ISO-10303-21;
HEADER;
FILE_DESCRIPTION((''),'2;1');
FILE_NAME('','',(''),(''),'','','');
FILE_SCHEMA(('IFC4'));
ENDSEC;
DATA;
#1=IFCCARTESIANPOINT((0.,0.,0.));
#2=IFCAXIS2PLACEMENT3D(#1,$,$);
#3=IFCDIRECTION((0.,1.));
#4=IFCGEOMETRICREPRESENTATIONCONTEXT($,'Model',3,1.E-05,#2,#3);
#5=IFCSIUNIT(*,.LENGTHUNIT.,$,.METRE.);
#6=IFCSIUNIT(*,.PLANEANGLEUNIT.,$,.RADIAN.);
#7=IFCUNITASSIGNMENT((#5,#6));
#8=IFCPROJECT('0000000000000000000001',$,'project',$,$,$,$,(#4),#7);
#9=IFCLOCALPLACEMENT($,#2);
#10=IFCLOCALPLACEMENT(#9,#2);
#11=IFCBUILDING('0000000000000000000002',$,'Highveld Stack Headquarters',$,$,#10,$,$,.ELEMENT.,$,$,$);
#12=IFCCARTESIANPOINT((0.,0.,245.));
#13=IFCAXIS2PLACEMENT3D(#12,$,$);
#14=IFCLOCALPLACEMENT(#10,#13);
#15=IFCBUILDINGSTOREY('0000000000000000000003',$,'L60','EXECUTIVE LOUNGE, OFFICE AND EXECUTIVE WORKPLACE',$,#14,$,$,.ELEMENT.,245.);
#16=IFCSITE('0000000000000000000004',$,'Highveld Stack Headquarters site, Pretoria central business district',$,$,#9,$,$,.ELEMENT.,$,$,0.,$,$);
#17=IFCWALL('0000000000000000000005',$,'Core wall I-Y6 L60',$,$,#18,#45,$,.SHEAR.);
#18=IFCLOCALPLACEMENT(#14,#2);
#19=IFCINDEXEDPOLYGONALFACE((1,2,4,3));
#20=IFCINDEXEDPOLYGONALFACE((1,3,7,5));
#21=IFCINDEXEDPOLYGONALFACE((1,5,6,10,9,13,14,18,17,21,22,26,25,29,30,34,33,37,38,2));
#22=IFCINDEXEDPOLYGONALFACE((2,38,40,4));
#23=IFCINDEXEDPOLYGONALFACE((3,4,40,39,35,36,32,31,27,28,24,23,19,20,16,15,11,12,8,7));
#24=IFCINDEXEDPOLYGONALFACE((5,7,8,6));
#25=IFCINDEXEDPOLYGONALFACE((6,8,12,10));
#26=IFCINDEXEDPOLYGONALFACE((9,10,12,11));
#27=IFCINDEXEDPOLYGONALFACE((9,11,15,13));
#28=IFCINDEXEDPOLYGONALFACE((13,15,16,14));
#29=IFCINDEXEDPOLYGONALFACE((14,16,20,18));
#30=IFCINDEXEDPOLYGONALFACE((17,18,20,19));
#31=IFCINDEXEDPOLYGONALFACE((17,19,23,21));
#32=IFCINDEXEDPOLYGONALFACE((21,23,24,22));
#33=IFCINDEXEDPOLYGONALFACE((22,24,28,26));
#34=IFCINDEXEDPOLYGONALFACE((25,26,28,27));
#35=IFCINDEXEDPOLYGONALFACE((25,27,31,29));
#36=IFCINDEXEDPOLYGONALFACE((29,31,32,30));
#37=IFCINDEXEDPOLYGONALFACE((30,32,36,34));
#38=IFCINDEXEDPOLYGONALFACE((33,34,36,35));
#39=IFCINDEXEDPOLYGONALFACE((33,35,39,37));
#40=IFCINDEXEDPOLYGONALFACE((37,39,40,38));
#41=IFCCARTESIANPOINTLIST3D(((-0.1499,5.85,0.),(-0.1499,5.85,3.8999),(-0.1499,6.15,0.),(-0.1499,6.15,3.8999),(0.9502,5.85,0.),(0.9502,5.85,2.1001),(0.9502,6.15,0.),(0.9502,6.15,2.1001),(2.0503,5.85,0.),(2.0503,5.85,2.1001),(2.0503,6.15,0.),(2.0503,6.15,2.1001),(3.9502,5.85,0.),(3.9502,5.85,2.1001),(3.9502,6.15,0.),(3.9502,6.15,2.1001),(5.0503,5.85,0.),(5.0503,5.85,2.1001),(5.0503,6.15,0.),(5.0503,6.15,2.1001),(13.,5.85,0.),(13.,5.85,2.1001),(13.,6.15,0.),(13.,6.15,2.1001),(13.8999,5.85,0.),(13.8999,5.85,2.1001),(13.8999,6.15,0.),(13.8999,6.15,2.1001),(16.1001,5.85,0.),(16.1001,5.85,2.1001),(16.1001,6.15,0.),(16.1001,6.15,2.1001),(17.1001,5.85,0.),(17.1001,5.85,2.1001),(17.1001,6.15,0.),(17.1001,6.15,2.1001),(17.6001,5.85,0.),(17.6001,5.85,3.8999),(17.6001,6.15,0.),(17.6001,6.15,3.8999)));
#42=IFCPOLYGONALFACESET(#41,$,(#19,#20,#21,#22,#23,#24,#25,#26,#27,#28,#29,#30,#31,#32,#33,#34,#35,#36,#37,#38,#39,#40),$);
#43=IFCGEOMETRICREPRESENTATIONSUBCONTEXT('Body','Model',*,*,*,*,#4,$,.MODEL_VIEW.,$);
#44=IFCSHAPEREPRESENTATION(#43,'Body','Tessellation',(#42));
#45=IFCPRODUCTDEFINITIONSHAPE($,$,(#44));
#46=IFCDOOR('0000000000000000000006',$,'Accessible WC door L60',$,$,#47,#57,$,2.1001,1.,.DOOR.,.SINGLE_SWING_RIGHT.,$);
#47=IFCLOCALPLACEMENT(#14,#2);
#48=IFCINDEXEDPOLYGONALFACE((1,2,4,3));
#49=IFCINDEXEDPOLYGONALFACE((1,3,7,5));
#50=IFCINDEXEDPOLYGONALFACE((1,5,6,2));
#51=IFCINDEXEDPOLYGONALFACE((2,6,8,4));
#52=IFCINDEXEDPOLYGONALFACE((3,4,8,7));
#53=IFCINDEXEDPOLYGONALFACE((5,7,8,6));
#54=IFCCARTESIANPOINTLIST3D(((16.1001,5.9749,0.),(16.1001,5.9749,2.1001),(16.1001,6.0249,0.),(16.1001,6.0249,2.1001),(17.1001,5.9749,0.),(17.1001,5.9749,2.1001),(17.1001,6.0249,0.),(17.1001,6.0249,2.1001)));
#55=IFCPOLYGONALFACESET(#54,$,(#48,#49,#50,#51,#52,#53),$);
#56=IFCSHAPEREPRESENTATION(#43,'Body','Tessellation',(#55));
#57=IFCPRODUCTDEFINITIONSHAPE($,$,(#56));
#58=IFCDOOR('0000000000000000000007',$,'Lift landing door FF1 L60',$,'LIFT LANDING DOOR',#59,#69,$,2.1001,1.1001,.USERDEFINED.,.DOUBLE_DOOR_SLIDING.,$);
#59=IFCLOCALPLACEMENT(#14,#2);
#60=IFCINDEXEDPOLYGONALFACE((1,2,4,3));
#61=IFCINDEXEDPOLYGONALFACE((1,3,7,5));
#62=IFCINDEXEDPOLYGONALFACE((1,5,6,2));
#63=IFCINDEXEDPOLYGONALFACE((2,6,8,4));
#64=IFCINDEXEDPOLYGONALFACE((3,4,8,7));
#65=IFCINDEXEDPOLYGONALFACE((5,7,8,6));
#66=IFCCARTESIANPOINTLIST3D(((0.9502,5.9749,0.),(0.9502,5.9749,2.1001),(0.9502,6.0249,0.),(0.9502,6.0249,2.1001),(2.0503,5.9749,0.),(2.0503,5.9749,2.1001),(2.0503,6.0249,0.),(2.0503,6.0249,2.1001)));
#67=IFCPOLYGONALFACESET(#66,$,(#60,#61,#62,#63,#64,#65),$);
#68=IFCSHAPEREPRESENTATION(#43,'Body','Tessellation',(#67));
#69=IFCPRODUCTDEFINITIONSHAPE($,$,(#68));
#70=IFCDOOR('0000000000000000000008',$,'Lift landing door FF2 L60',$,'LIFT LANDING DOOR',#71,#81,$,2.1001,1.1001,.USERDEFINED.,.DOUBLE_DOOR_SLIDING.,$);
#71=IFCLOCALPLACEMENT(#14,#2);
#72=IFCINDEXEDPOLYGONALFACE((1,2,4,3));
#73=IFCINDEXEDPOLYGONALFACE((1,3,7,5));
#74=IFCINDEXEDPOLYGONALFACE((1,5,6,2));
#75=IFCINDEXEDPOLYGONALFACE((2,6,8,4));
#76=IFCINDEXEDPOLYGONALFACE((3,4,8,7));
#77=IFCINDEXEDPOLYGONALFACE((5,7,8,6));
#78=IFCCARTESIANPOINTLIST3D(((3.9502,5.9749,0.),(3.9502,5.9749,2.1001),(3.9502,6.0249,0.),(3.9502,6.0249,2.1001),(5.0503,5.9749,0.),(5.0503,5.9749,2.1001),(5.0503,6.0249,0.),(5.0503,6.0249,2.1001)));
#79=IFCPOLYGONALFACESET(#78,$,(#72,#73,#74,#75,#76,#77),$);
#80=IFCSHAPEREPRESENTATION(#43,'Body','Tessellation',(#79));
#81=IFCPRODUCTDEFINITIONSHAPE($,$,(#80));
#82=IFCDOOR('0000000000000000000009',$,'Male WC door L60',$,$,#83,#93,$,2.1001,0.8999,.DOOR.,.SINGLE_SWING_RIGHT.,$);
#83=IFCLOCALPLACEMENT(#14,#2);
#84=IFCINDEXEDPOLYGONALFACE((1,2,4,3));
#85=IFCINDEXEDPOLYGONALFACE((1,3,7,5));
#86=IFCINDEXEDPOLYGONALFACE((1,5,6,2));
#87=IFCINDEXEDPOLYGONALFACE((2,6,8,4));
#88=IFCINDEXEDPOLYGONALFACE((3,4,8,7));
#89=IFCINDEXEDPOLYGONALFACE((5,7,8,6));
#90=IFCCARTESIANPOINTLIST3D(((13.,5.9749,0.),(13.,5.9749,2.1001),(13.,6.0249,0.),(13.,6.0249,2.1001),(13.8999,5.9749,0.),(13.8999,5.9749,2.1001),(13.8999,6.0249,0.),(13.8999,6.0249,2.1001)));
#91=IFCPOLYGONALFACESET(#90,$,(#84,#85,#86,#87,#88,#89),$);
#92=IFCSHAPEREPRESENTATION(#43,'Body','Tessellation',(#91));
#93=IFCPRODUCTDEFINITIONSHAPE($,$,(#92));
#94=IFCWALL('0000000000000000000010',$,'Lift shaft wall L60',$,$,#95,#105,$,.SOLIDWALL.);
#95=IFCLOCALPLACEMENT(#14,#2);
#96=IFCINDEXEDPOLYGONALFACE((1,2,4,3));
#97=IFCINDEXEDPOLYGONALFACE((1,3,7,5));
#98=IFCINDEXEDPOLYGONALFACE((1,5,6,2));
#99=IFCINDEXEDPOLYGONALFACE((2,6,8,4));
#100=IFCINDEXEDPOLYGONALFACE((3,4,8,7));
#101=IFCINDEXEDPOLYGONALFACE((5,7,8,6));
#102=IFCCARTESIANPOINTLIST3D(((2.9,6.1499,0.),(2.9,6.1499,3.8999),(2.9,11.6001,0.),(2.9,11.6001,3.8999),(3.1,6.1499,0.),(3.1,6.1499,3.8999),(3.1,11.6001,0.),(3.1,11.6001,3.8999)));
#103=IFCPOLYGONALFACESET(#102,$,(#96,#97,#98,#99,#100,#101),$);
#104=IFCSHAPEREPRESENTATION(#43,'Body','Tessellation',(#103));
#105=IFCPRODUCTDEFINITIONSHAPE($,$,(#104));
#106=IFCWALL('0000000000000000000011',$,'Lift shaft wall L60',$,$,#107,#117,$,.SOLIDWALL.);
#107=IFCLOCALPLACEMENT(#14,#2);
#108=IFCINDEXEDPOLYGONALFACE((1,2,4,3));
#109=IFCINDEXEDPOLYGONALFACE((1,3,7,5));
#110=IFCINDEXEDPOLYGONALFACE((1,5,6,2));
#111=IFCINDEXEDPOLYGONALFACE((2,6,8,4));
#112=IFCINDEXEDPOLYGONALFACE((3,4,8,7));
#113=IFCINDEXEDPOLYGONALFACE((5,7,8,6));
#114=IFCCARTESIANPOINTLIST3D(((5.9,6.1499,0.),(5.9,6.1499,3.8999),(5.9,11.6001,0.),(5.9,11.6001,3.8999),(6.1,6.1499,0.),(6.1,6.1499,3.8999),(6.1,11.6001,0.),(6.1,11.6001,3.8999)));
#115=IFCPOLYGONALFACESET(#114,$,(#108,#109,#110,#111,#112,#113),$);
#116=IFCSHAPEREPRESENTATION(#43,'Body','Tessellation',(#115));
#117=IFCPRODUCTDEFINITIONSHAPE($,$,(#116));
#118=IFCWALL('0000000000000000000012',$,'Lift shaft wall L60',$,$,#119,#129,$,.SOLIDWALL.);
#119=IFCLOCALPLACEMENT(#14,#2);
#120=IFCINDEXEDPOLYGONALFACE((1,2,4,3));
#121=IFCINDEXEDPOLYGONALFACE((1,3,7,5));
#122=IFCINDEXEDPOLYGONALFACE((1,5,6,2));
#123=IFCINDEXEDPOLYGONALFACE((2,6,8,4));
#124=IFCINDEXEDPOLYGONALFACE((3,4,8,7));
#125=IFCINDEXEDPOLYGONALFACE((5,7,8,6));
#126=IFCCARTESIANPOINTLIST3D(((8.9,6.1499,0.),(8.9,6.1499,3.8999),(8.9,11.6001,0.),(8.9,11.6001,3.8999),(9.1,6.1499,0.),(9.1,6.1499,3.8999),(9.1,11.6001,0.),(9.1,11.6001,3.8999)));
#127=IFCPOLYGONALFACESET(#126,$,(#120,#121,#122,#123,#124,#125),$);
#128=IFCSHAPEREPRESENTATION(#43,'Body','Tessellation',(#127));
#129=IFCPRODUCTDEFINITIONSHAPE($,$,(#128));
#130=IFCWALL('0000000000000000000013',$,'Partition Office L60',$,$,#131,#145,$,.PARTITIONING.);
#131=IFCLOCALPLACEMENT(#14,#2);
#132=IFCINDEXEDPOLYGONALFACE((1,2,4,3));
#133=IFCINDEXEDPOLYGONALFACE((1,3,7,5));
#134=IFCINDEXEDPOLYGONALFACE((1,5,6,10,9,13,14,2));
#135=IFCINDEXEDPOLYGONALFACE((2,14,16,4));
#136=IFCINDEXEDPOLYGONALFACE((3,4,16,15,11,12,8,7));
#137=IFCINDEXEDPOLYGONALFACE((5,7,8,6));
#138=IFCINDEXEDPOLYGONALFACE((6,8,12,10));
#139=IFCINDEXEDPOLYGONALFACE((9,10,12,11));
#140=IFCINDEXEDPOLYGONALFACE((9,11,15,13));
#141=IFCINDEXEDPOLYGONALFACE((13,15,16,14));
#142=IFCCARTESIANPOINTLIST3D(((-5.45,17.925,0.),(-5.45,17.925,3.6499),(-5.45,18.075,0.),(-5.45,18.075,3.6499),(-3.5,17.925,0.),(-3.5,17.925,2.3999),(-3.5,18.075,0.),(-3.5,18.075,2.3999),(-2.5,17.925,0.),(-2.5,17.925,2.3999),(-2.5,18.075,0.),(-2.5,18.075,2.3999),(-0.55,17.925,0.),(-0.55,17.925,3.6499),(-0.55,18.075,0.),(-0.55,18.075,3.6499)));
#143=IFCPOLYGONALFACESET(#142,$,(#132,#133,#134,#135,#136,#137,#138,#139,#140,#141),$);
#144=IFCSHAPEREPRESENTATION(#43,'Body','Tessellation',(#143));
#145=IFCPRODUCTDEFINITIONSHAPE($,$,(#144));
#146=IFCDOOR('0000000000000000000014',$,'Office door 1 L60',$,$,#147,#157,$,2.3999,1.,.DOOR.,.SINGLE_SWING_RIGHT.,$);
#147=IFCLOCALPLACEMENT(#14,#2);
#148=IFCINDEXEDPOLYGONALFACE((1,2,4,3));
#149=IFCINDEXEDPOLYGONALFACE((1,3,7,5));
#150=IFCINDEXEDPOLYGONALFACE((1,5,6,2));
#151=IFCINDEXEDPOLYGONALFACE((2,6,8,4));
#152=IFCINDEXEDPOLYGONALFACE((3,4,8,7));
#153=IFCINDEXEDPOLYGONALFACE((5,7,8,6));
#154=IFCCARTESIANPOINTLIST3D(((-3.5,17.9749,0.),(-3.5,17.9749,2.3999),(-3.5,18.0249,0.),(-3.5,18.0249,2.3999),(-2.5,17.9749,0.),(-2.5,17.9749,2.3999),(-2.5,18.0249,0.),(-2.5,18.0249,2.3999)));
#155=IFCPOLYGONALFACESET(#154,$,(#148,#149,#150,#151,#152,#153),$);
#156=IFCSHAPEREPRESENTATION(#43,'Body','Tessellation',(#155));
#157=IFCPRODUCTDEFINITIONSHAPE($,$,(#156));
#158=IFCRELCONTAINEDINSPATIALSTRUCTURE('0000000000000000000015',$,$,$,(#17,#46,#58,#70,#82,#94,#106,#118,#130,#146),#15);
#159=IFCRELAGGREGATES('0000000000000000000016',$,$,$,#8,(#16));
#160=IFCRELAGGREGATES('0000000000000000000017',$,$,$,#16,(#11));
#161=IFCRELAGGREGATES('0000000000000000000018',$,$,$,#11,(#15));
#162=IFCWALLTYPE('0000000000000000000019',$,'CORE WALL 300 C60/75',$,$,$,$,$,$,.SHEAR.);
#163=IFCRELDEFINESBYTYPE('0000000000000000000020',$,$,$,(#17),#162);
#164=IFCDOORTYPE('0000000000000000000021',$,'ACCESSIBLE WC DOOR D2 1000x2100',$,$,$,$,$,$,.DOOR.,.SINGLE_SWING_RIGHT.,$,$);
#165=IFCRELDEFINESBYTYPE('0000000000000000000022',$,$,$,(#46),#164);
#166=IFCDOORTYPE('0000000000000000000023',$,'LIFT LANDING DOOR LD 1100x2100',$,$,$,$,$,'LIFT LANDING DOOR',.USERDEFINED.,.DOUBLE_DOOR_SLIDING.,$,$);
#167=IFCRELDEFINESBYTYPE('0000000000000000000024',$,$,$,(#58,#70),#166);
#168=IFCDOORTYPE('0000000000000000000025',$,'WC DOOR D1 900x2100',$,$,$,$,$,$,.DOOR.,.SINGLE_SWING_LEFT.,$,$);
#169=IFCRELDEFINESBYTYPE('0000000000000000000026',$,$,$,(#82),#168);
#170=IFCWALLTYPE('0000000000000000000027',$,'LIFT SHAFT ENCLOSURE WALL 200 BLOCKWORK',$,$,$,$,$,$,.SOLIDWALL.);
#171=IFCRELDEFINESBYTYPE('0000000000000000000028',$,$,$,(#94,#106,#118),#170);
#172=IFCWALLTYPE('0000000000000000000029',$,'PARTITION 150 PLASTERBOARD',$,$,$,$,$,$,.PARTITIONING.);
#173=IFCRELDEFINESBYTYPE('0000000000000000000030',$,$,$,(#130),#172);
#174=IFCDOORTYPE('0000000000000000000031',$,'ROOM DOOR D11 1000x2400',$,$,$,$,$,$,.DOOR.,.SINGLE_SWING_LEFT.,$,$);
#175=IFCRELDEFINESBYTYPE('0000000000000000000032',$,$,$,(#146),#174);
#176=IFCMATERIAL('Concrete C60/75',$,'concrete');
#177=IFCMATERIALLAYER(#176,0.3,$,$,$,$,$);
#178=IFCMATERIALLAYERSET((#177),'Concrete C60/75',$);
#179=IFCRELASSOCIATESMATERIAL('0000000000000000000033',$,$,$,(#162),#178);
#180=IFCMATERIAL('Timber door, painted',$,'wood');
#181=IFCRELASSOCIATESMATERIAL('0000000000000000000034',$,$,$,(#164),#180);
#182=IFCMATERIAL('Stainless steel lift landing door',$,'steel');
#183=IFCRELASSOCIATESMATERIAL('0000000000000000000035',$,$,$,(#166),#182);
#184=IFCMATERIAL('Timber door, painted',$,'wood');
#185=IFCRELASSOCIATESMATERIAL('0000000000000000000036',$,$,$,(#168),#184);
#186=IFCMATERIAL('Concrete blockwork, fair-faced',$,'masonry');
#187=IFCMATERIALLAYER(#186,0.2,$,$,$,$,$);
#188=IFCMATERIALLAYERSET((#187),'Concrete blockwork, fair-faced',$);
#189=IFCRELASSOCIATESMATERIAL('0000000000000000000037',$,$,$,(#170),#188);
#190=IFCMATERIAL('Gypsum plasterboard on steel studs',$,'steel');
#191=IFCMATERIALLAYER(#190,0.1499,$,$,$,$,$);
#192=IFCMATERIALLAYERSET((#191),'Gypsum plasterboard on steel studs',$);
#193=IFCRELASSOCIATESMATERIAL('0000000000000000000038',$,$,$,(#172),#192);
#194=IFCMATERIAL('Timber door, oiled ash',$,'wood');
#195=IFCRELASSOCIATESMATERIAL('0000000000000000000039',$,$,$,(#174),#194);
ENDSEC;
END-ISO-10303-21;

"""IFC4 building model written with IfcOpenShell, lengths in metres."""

from ifc_helpers import new_model, si_unit, direction, frame, frame_2d, origin, place, context, subcontext, project, spatial, rectangle, extrude, material, layer, layer_set, type_object, element, fill, save


model = new_model("IFC4")

# Units and contexts
model_context = context("Model", 3, precision=1e-05, world=origin(), true_north=direction((0.0, 1.0)))
body_context = subcontext(model_context, "Body", "Model", "MODEL_VIEW")
ifc_project = project(units=[si_unit("LENGTHUNIT", "METRE"), si_unit("PLANEANGLEUNIT", "RADIAN")], contexts=[model_context])

# Site, building, storey
site_placement = place(None, origin())
site = spatial("IfcSite", under=ifc_project, at=site_placement, Name="Highveld Stack Headquarters site, Pretoria central business district", CompositionType="ELEMENT", RefElevation=0.0)
building_placement = place(site_placement, origin())
building = spatial("IfcBuilding", under=site, at=building_placement, Name="Highveld Stack Headquarters", CompositionType="ELEMENT")
storey_placement = place(building_placement, frame((0.0, 0.0, 245.0)))
storey = spatial("IfcBuildingStorey", under=building, at=storey_placement, Name="L60", Description="EXECUTIVE LOUNGE, OFFICE AND EXECUTIVE WORKPLACE", CompositionType="ELEMENT", Elevation=245.0)

# Wall, openings, doors
ifc_material_1 = material(Name="Concrete C60/75", Category="concrete")
ifc_layer_1 = layer(ifc_material_1, 0.3)
ifc_layer_set_1 = layer_set([ifc_layer_1], Name="Concrete C60/75")
wall_type_1 = type_object("IfcWallType", Name="CORE WALL 300 C60/75", PredefinedType="SHEAR", material=ifc_layer_set_1)
wall_1_placement = place(storey_placement, frame((-0.1499, 6.0, 0.0), z_axis=(0.0, 0.0, 1.0), x_axis=(1.0, 0.0, 0.0)))
wall_1 = element("IfcWall", 1, at=wall_1_placement, inside=storey, type_object=wall_type_1, Name="Core wall I-Y6 L60", PredefinedType="SHEAR", context=body_context, shape_type="SweptSolid", body=[
    extrude(rectangle(XDim=17.75, YDim=0.3, at=frame_2d((8.875, 0.0))), origin(), (0.0, 0.0, 1.0), 3.8999),
])
opening_1_placement = place(wall_1_placement, frame((13.1499, 0.0, 0.0)))
opening_1 = element("IfcOpeningElement", 2, at=opening_1_placement, cuts=wall_1, PredefinedType="OPENING", context=body_context, shape_type="SweptSolid", body=[
    extrude(rectangle(XDim=0.8999, YDim=2.1001, at=frame_2d((0.45, 1.05))), frame((0.0, 0.1599, 0.0), z_axis=(0.0, -1.0, 0.0), x_axis=(1.0, 0.0, 0.0)), (0.0, 0.0, 1.0), 0.3201),
])
opening_2_placement = place(wall_1_placement, frame((16.25, 0.0, 0.0)))
opening_2 = element("IfcOpeningElement", 3, at=opening_2_placement, cuts=wall_1, PredefinedType="OPENING", context=body_context, shape_type="SweptSolid", body=[
    extrude(rectangle(XDim=1.0, YDim=2.1001, at=frame_2d((0.5, 1.05))), frame((0.0, 0.1599, 0.0), z_axis=(0.0, -1.0, 0.0), x_axis=(1.0, 0.0, 0.0)), (0.0, 0.0, 1.0), 0.3201),
])
opening_3_placement = place(wall_1_placement, frame((1.1001, 0.0, 0.0)))
opening_3 = element("IfcOpeningElement", 4, at=opening_3_placement, cuts=wall_1, PredefinedType="OPENING", context=body_context, shape_type="SweptSolid", body=[
    extrude(rectangle(XDim=1.1001, YDim=2.1001, at=frame_2d((0.55, 1.05))), frame((0.0, 0.1599, 0.0), z_axis=(0.0, -1.0, 0.0), x_axis=(1.0, 0.0, 0.0)), (0.0, 0.0, 1.0), 0.3201),
])
opening_4_placement = place(wall_1_placement, frame((4.1001, 0.0, 0.0)))
opening_4 = element("IfcOpeningElement", 5, at=opening_4_placement, cuts=wall_1, PredefinedType="OPENING", context=body_context, shape_type="SweptSolid", body=[
    extrude(rectangle(XDim=1.1001, YDim=2.1001, at=frame_2d((0.55, 1.05))), frame((0.0, 0.1599, 0.0), z_axis=(0.0, -1.0, 0.0), x_axis=(1.0, 0.0, 0.0)), (0.0, 0.0, 1.0), 0.3201),
])
ifc_material_2 = material(Name="Timber door, painted", Category="wood")
door_type_1 = type_object("IfcDoorType", Name="ACCESSIBLE WC DOOR D2 1000x2100", OperationType="SINGLE_SWING_RIGHT", PredefinedType="DOOR", material=ifc_material_2)
door_1_placement = place(opening_2_placement, origin())
door_1 = element("IfcDoor", 6, at=door_1_placement, inside=storey, type_object=door_type_1, Name="Accessible WC door L60", OperationType="SINGLE_SWING_RIGHT", OverallHeight=2.1001, OverallWidth=1.0, PredefinedType="DOOR", context=body_context, shape_type="SweptSolid", body=[
    extrude(rectangle(XDim=1.0, YDim=2.1001, at=frame_2d((0.5, 1.05))), frame((0.0, 0.0249, 0.0), z_axis=(0.0, -1.0, 0.0), x_axis=(1.0, 0.0, 0.0)), (0.0, 0.0, 1.0), 0.05),
])
fill(opening_2, door_1)
ifc_material_3 = material(Name="Stainless steel lift landing door", Category="steel")
door_type_2 = type_object("IfcDoorType", Name="LIFT LANDING DOOR LD 1100x2100", ElementType="LIFT LANDING DOOR", OperationType="DOUBLE_DOOR_SLIDING", PredefinedType="USERDEFINED", material=ifc_material_3)
door_2_placement = place(opening_3_placement, origin())
door_2 = element("IfcDoor", 7, at=door_2_placement, inside=storey, type_object=door_type_2, Name="Lift landing door FF1 L60", ObjectType="LIFT LANDING DOOR", OperationType="DOUBLE_DOOR_SLIDING", OverallHeight=2.1001, OverallWidth=1.1001, PredefinedType="USERDEFINED", context=body_context, shape_type="SweptSolid", body=[
    extrude(rectangle(XDim=1.1001, YDim=2.1001, at=frame_2d((0.55, 1.05))), frame((0.0, 0.0249, 0.0), z_axis=(0.0, -1.0, 0.0), x_axis=(1.0, 0.0, 0.0)), (0.0, 0.0, 1.0), 0.05),
])
fill(opening_3, door_2)
door_3_placement = place(opening_4_placement, origin())
door_3 = element("IfcDoor", 8, at=door_3_placement, inside=storey, type_object=door_type_2, Name="Lift landing door FF2 L60", ObjectType="LIFT LANDING DOOR", OperationType="DOUBLE_DOOR_SLIDING", OverallHeight=2.1001, OverallWidth=1.1001, PredefinedType="USERDEFINED", context=body_context, shape_type="SweptSolid", body=[
    extrude(rectangle(XDim=1.1001, YDim=2.1001, at=frame_2d((0.55, 1.05))), frame((0.0, 0.0249, 0.0), z_axis=(0.0, -1.0, 0.0), x_axis=(1.0, 0.0, 0.0)), (0.0, 0.0, 1.0), 0.05),
])
fill(opening_4, door_3)
ifc_material_4 = material(Name="Timber door, painted", Category="wood")
door_type_3 = type_object("IfcDoorType", Name="WC DOOR D1 900x2100", OperationType="SINGLE_SWING_LEFT", PredefinedType="DOOR", material=ifc_material_4)
door_4_placement = place(opening_1_placement, origin())
door_4 = element("IfcDoor", 9, at=door_4_placement, inside=storey, type_object=door_type_3, Name="Male WC door L60", OperationType="SINGLE_SWING_RIGHT", OverallHeight=2.1001, OverallWidth=0.8999, PredefinedType="DOOR", context=body_context, shape_type="SweptSolid", body=[
    extrude(rectangle(XDim=0.8999, YDim=2.1001, at=frame_2d((0.45, 1.05))), frame((0.0, 0.0249, 0.0), z_axis=(0.0, -1.0, 0.0), x_axis=(1.0, 0.0, 0.0)), (0.0, 0.0, 1.0), 0.05),
])
fill(opening_1, door_4)

# Walls
ifc_material_5 = material(Name="Concrete blockwork, fair-faced", Category="masonry")
ifc_layer_2 = layer(ifc_material_5, 0.2)
ifc_layer_set_2 = layer_set([ifc_layer_2], Name="Concrete blockwork, fair-faced")
wall_type_2 = type_object("IfcWallType", Name="LIFT SHAFT ENCLOSURE WALL 200 BLOCKWORK", PredefinedType="SOLIDWALL", material=ifc_layer_set_2)
for number, where, z_axis, x_axis, name in (
    (10, (3.0, 6.1499, 0.0), (0.0, 0.0, 1.0), (0.0, 1.0, 0.0), "Lift shaft wall L60"),
    (11, (6.0, 6.1499, 0.0), (0.0, 0.0, 1.0), (0.0, 1.0, 0.0), "Lift shaft wall L60"),
    (12, (9.0, 6.1499, 0.0), (0.0, 0.0, 1.0), (0.0, 1.0, 0.0), "Lift shaft wall L60"),
):
    element("IfcWall", number, at=place(storey_placement, frame(where, z_axis=z_axis, x_axis=x_axis)), inside=storey, type_object=wall_type_2, Name=name, PredefinedType="SOLIDWALL", context=body_context, shape_type="SweptSolid", body=[
        extrude(rectangle(XDim=5.4502, YDim=0.2, at=frame_2d((2.7251, 0.0))), origin(), (0.0, 0.0, 1.0), 3.8999),
    ])

# Wall, opening, door
ifc_material_6 = material(Name="Gypsum plasterboard on steel studs", Category="steel")
ifc_layer_3 = layer(ifc_material_6, 0.1499)
ifc_layer_set_3 = layer_set([ifc_layer_3], Name="Gypsum plasterboard on steel studs")
wall_type_3 = type_object("IfcWallType", Name="PARTITION 150 PLASTERBOARD", PredefinedType="PARTITIONING", material=ifc_layer_set_3)
wall_2_placement = place(storey_placement, frame((-5.45, 18.0, 0.0), z_axis=(0.0, 0.0, 1.0), x_axis=(1.0, 0.0, 0.0)))
wall_2 = element("IfcWall", 13, at=wall_2_placement, inside=storey, type_object=wall_type_3, Name="Partition Office L60", PredefinedType="PARTITIONING", context=body_context, shape_type="SweptSolid", body=[
    extrude(rectangle(XDim=4.8999, YDim=0.1499, at=frame_2d((2.45, 0.0))), origin(), (0.0, 0.0, 1.0), 3.6499),
])
opening_5_placement = place(wall_2_placement, frame((1.95, 0.0, 0.0)))
opening_5 = element("IfcOpeningElement", 14, at=opening_5_placement, cuts=wall_2, PredefinedType="OPENING", context=body_context, shape_type="SweptSolid", body=[
    extrude(rectangle(XDim=1.0, YDim=2.3999, at=frame_2d((0.5, 1.2))), frame((0.0, 0.085, 0.0), z_axis=(0.0, -1.0, 0.0), x_axis=(1.0, 0.0, 0.0)), (0.0, 0.0, 1.0), 0.1699),
])
ifc_material_7 = material(Name="Timber door, oiled ash", Category="wood")
door_type_4 = type_object("IfcDoorType", Name="ROOM DOOR D11 1000x2400", OperationType="SINGLE_SWING_LEFT", PredefinedType="DOOR", material=ifc_material_7)
door_5_placement = place(opening_5_placement, origin())
door_5 = element("IfcDoor", 15, at=door_5_placement, inside=storey, type_object=door_type_4, Name="Office door 1 L60", OperationType="SINGLE_SWING_RIGHT", OverallHeight=2.3999, OverallWidth=1.0, PredefinedType="DOOR", context=body_context, shape_type="SweptSolid", body=[
    extrude(rectangle(XDim=1.0, YDim=2.3999, at=frame_2d((0.5, 1.2))), frame((0.0, 0.0249, 0.0), z_axis=(0.0, -1.0, 0.0), x_axis=(1.0, 0.0, 0.0)), (0.0, 0.0, 1.0), 0.05),
])
fill(opening_5, door_5)

save(model, "model.ifc")
